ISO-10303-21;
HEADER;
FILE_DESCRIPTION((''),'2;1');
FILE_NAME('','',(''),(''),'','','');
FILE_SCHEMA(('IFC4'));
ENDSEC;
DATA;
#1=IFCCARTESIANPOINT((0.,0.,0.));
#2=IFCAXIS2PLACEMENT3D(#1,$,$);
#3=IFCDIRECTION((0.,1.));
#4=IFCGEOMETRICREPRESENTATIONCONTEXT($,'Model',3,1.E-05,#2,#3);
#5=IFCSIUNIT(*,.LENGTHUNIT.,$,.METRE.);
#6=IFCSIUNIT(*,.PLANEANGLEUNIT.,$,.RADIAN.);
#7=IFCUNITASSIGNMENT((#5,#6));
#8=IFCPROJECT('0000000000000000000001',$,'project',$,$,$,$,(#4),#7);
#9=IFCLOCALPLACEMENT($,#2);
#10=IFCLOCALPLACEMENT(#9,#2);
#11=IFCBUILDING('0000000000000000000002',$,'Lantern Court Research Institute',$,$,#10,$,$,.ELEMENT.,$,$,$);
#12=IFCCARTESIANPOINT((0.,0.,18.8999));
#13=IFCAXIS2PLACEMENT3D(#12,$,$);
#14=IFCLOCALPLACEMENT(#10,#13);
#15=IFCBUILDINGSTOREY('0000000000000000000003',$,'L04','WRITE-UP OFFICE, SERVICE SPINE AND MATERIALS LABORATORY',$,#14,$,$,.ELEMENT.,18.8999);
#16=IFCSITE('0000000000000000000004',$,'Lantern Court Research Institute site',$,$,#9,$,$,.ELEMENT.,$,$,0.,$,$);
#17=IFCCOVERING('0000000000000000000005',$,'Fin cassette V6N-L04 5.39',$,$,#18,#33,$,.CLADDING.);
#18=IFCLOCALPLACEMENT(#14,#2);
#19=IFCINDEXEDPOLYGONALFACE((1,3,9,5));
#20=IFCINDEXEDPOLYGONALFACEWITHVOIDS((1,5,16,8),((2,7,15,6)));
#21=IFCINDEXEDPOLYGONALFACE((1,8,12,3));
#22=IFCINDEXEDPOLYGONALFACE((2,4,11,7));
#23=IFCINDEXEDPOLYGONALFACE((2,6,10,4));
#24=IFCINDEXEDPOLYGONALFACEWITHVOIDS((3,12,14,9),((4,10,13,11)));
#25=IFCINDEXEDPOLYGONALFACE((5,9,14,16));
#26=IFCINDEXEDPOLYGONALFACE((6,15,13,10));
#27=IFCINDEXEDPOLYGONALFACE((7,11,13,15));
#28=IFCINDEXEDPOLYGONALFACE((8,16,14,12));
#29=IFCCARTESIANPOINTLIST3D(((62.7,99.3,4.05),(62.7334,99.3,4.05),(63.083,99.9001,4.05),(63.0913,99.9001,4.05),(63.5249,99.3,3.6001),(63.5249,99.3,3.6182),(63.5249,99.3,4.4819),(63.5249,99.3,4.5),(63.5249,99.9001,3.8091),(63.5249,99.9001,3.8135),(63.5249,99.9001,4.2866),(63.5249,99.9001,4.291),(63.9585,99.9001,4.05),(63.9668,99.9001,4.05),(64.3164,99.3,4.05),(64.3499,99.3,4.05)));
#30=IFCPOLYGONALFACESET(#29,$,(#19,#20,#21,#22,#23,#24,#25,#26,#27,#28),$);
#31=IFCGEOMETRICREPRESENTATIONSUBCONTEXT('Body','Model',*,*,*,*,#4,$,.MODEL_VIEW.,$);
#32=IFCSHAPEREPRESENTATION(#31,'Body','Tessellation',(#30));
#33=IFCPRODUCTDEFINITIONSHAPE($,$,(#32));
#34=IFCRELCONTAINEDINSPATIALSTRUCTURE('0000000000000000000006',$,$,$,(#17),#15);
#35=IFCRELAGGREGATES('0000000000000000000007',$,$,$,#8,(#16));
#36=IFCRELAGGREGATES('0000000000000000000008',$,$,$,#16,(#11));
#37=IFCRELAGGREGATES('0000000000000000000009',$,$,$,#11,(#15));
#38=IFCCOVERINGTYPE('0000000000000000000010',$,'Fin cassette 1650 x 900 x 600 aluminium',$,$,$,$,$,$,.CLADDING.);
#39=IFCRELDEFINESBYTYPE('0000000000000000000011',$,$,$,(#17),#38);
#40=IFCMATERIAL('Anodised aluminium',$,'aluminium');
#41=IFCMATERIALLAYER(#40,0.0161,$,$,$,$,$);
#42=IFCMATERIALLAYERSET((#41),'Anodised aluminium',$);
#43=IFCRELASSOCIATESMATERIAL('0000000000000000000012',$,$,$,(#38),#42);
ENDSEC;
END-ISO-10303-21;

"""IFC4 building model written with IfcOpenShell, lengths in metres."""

from ifc_helpers import new_model, entity, si_unit, direction, frame, origin, place, context, subcontext, project, spatial, material, layer, layer_set, type_object, element, save


model = new_model("IFC4")

# Units and contexts
model_context = context("Model", 3, precision=1e-05, world=origin(), true_north=direction((0.0, 1.0)))
body_context = subcontext(model_context, "Body", "Model", "MODEL_VIEW")
ifc_project = project(units=[si_unit("LENGTHUNIT", "METRE"), si_unit("PLANEANGLEUNIT", "RADIAN")], contexts=[model_context])

# Site, building, storey
site_placement = place(None, origin())
site = spatial("IfcSite", under=ifc_project, at=site_placement, Name="Lantern Court Research Institute site", CompositionType="ELEMENT", RefElevation=0.0)
building_placement = place(site_placement, origin())
building = spatial("IfcBuilding", under=site, at=building_placement, Name="Lantern Court Research Institute", CompositionType="ELEMENT")
storey_placement = place(building_placement, frame((0.0, 0.0, 18.8999)))
storey = spatial("IfcBuildingStorey", under=building, at=storey_placement, Name="L04", Description="WRITE-UP OFFICE, SERVICE SPINE AND MATERIALS LABORATORY", CompositionType="ELEMENT", Elevation=18.8999)

# Covering
ifc_material_1 = material(Name="Anodised aluminium", Category="aluminium")
ifc_layer_1 = layer(ifc_material_1, 0.0161)
ifc_layer_set_1 = layer_set([ifc_layer_1], Name="Anodised aluminium")
covering_type_1 = type_object("IfcCoveringType", Name="Fin cassette 1650 x 900 x 600 aluminium", PredefinedType="CLADDING", material=ifc_layer_set_1)
covering_1_placement = place(storey_placement, frame((63.5249, 99.3, 4.05), z_axis=(0.0, 1.0, 0.0), x_axis=(-1.0, 0.0, 0.0)))
cartesian_point_1 = entity("IfcCartesianPoint", [0.825, 0.0])
cartesian_point_2 = entity("IfcCartesianPoint", [0.7915, 0.0])
cartesian_point_3 = entity("IfcCartesianPoint", [0.4419, 0.0])
cartesian_point_4 = entity("IfcCartesianPoint", [0.4336, 0.0])
element("IfcCovering", 1, at=covering_1_placement, inside=storey, type_object=covering_type_1, Name="Fin cassette V6N-L04 5.39", PredefinedType="CLADDING", context=body_context, shape_type="SweptSolid", body=[
    entity("IfcExtrudedAreaSolidTapered", entity("IfcArbitraryProfileDefWithVoids", "AREA", None, entity("IfcPolyline", [cartesian_point_1, entity("IfcCartesianPoint", [0.0, 0.45]), entity("IfcCartesianPoint", [-0.825, 0.0]), entity("IfcCartesianPoint", [0.0, -0.45]), cartesian_point_1]), [entity("IfcPolyline", [cartesian_point_2, entity("IfcCartesianPoint", [0.0, 0.4319]), entity("IfcCartesianPoint", [-0.7915, 0.0]), entity("IfcCartesianPoint", [0.0, -0.4319]), cartesian_point_2])]), entity("IfcAxis2Placement3D", entity("IfcCartesianPoint", [0.0, 0.0, 0.0])), entity("IfcDirection", [0.0, 0.0, 1.0]), 0.6001, entity("IfcArbitraryProfileDefWithVoids", "AREA", None, entity("IfcPolyline", [cartesian_point_3, entity("IfcCartesianPoint", [0.0, 0.241]), entity("IfcCartesianPoint", [-0.4419, 0.0]), entity("IfcCartesianPoint", [0.0, -0.241]), cartesian_point_3]), [entity("IfcPolyline", [cartesian_point_4, entity("IfcCartesianPoint", [0.0, 0.2366]), entity("IfcCartesianPoint", [-0.4336, 0.0]), entity("IfcCartesianPoint", [0.0, -0.2366]), cartesian_point_4])])),
])

save(model, "model.ifc")
